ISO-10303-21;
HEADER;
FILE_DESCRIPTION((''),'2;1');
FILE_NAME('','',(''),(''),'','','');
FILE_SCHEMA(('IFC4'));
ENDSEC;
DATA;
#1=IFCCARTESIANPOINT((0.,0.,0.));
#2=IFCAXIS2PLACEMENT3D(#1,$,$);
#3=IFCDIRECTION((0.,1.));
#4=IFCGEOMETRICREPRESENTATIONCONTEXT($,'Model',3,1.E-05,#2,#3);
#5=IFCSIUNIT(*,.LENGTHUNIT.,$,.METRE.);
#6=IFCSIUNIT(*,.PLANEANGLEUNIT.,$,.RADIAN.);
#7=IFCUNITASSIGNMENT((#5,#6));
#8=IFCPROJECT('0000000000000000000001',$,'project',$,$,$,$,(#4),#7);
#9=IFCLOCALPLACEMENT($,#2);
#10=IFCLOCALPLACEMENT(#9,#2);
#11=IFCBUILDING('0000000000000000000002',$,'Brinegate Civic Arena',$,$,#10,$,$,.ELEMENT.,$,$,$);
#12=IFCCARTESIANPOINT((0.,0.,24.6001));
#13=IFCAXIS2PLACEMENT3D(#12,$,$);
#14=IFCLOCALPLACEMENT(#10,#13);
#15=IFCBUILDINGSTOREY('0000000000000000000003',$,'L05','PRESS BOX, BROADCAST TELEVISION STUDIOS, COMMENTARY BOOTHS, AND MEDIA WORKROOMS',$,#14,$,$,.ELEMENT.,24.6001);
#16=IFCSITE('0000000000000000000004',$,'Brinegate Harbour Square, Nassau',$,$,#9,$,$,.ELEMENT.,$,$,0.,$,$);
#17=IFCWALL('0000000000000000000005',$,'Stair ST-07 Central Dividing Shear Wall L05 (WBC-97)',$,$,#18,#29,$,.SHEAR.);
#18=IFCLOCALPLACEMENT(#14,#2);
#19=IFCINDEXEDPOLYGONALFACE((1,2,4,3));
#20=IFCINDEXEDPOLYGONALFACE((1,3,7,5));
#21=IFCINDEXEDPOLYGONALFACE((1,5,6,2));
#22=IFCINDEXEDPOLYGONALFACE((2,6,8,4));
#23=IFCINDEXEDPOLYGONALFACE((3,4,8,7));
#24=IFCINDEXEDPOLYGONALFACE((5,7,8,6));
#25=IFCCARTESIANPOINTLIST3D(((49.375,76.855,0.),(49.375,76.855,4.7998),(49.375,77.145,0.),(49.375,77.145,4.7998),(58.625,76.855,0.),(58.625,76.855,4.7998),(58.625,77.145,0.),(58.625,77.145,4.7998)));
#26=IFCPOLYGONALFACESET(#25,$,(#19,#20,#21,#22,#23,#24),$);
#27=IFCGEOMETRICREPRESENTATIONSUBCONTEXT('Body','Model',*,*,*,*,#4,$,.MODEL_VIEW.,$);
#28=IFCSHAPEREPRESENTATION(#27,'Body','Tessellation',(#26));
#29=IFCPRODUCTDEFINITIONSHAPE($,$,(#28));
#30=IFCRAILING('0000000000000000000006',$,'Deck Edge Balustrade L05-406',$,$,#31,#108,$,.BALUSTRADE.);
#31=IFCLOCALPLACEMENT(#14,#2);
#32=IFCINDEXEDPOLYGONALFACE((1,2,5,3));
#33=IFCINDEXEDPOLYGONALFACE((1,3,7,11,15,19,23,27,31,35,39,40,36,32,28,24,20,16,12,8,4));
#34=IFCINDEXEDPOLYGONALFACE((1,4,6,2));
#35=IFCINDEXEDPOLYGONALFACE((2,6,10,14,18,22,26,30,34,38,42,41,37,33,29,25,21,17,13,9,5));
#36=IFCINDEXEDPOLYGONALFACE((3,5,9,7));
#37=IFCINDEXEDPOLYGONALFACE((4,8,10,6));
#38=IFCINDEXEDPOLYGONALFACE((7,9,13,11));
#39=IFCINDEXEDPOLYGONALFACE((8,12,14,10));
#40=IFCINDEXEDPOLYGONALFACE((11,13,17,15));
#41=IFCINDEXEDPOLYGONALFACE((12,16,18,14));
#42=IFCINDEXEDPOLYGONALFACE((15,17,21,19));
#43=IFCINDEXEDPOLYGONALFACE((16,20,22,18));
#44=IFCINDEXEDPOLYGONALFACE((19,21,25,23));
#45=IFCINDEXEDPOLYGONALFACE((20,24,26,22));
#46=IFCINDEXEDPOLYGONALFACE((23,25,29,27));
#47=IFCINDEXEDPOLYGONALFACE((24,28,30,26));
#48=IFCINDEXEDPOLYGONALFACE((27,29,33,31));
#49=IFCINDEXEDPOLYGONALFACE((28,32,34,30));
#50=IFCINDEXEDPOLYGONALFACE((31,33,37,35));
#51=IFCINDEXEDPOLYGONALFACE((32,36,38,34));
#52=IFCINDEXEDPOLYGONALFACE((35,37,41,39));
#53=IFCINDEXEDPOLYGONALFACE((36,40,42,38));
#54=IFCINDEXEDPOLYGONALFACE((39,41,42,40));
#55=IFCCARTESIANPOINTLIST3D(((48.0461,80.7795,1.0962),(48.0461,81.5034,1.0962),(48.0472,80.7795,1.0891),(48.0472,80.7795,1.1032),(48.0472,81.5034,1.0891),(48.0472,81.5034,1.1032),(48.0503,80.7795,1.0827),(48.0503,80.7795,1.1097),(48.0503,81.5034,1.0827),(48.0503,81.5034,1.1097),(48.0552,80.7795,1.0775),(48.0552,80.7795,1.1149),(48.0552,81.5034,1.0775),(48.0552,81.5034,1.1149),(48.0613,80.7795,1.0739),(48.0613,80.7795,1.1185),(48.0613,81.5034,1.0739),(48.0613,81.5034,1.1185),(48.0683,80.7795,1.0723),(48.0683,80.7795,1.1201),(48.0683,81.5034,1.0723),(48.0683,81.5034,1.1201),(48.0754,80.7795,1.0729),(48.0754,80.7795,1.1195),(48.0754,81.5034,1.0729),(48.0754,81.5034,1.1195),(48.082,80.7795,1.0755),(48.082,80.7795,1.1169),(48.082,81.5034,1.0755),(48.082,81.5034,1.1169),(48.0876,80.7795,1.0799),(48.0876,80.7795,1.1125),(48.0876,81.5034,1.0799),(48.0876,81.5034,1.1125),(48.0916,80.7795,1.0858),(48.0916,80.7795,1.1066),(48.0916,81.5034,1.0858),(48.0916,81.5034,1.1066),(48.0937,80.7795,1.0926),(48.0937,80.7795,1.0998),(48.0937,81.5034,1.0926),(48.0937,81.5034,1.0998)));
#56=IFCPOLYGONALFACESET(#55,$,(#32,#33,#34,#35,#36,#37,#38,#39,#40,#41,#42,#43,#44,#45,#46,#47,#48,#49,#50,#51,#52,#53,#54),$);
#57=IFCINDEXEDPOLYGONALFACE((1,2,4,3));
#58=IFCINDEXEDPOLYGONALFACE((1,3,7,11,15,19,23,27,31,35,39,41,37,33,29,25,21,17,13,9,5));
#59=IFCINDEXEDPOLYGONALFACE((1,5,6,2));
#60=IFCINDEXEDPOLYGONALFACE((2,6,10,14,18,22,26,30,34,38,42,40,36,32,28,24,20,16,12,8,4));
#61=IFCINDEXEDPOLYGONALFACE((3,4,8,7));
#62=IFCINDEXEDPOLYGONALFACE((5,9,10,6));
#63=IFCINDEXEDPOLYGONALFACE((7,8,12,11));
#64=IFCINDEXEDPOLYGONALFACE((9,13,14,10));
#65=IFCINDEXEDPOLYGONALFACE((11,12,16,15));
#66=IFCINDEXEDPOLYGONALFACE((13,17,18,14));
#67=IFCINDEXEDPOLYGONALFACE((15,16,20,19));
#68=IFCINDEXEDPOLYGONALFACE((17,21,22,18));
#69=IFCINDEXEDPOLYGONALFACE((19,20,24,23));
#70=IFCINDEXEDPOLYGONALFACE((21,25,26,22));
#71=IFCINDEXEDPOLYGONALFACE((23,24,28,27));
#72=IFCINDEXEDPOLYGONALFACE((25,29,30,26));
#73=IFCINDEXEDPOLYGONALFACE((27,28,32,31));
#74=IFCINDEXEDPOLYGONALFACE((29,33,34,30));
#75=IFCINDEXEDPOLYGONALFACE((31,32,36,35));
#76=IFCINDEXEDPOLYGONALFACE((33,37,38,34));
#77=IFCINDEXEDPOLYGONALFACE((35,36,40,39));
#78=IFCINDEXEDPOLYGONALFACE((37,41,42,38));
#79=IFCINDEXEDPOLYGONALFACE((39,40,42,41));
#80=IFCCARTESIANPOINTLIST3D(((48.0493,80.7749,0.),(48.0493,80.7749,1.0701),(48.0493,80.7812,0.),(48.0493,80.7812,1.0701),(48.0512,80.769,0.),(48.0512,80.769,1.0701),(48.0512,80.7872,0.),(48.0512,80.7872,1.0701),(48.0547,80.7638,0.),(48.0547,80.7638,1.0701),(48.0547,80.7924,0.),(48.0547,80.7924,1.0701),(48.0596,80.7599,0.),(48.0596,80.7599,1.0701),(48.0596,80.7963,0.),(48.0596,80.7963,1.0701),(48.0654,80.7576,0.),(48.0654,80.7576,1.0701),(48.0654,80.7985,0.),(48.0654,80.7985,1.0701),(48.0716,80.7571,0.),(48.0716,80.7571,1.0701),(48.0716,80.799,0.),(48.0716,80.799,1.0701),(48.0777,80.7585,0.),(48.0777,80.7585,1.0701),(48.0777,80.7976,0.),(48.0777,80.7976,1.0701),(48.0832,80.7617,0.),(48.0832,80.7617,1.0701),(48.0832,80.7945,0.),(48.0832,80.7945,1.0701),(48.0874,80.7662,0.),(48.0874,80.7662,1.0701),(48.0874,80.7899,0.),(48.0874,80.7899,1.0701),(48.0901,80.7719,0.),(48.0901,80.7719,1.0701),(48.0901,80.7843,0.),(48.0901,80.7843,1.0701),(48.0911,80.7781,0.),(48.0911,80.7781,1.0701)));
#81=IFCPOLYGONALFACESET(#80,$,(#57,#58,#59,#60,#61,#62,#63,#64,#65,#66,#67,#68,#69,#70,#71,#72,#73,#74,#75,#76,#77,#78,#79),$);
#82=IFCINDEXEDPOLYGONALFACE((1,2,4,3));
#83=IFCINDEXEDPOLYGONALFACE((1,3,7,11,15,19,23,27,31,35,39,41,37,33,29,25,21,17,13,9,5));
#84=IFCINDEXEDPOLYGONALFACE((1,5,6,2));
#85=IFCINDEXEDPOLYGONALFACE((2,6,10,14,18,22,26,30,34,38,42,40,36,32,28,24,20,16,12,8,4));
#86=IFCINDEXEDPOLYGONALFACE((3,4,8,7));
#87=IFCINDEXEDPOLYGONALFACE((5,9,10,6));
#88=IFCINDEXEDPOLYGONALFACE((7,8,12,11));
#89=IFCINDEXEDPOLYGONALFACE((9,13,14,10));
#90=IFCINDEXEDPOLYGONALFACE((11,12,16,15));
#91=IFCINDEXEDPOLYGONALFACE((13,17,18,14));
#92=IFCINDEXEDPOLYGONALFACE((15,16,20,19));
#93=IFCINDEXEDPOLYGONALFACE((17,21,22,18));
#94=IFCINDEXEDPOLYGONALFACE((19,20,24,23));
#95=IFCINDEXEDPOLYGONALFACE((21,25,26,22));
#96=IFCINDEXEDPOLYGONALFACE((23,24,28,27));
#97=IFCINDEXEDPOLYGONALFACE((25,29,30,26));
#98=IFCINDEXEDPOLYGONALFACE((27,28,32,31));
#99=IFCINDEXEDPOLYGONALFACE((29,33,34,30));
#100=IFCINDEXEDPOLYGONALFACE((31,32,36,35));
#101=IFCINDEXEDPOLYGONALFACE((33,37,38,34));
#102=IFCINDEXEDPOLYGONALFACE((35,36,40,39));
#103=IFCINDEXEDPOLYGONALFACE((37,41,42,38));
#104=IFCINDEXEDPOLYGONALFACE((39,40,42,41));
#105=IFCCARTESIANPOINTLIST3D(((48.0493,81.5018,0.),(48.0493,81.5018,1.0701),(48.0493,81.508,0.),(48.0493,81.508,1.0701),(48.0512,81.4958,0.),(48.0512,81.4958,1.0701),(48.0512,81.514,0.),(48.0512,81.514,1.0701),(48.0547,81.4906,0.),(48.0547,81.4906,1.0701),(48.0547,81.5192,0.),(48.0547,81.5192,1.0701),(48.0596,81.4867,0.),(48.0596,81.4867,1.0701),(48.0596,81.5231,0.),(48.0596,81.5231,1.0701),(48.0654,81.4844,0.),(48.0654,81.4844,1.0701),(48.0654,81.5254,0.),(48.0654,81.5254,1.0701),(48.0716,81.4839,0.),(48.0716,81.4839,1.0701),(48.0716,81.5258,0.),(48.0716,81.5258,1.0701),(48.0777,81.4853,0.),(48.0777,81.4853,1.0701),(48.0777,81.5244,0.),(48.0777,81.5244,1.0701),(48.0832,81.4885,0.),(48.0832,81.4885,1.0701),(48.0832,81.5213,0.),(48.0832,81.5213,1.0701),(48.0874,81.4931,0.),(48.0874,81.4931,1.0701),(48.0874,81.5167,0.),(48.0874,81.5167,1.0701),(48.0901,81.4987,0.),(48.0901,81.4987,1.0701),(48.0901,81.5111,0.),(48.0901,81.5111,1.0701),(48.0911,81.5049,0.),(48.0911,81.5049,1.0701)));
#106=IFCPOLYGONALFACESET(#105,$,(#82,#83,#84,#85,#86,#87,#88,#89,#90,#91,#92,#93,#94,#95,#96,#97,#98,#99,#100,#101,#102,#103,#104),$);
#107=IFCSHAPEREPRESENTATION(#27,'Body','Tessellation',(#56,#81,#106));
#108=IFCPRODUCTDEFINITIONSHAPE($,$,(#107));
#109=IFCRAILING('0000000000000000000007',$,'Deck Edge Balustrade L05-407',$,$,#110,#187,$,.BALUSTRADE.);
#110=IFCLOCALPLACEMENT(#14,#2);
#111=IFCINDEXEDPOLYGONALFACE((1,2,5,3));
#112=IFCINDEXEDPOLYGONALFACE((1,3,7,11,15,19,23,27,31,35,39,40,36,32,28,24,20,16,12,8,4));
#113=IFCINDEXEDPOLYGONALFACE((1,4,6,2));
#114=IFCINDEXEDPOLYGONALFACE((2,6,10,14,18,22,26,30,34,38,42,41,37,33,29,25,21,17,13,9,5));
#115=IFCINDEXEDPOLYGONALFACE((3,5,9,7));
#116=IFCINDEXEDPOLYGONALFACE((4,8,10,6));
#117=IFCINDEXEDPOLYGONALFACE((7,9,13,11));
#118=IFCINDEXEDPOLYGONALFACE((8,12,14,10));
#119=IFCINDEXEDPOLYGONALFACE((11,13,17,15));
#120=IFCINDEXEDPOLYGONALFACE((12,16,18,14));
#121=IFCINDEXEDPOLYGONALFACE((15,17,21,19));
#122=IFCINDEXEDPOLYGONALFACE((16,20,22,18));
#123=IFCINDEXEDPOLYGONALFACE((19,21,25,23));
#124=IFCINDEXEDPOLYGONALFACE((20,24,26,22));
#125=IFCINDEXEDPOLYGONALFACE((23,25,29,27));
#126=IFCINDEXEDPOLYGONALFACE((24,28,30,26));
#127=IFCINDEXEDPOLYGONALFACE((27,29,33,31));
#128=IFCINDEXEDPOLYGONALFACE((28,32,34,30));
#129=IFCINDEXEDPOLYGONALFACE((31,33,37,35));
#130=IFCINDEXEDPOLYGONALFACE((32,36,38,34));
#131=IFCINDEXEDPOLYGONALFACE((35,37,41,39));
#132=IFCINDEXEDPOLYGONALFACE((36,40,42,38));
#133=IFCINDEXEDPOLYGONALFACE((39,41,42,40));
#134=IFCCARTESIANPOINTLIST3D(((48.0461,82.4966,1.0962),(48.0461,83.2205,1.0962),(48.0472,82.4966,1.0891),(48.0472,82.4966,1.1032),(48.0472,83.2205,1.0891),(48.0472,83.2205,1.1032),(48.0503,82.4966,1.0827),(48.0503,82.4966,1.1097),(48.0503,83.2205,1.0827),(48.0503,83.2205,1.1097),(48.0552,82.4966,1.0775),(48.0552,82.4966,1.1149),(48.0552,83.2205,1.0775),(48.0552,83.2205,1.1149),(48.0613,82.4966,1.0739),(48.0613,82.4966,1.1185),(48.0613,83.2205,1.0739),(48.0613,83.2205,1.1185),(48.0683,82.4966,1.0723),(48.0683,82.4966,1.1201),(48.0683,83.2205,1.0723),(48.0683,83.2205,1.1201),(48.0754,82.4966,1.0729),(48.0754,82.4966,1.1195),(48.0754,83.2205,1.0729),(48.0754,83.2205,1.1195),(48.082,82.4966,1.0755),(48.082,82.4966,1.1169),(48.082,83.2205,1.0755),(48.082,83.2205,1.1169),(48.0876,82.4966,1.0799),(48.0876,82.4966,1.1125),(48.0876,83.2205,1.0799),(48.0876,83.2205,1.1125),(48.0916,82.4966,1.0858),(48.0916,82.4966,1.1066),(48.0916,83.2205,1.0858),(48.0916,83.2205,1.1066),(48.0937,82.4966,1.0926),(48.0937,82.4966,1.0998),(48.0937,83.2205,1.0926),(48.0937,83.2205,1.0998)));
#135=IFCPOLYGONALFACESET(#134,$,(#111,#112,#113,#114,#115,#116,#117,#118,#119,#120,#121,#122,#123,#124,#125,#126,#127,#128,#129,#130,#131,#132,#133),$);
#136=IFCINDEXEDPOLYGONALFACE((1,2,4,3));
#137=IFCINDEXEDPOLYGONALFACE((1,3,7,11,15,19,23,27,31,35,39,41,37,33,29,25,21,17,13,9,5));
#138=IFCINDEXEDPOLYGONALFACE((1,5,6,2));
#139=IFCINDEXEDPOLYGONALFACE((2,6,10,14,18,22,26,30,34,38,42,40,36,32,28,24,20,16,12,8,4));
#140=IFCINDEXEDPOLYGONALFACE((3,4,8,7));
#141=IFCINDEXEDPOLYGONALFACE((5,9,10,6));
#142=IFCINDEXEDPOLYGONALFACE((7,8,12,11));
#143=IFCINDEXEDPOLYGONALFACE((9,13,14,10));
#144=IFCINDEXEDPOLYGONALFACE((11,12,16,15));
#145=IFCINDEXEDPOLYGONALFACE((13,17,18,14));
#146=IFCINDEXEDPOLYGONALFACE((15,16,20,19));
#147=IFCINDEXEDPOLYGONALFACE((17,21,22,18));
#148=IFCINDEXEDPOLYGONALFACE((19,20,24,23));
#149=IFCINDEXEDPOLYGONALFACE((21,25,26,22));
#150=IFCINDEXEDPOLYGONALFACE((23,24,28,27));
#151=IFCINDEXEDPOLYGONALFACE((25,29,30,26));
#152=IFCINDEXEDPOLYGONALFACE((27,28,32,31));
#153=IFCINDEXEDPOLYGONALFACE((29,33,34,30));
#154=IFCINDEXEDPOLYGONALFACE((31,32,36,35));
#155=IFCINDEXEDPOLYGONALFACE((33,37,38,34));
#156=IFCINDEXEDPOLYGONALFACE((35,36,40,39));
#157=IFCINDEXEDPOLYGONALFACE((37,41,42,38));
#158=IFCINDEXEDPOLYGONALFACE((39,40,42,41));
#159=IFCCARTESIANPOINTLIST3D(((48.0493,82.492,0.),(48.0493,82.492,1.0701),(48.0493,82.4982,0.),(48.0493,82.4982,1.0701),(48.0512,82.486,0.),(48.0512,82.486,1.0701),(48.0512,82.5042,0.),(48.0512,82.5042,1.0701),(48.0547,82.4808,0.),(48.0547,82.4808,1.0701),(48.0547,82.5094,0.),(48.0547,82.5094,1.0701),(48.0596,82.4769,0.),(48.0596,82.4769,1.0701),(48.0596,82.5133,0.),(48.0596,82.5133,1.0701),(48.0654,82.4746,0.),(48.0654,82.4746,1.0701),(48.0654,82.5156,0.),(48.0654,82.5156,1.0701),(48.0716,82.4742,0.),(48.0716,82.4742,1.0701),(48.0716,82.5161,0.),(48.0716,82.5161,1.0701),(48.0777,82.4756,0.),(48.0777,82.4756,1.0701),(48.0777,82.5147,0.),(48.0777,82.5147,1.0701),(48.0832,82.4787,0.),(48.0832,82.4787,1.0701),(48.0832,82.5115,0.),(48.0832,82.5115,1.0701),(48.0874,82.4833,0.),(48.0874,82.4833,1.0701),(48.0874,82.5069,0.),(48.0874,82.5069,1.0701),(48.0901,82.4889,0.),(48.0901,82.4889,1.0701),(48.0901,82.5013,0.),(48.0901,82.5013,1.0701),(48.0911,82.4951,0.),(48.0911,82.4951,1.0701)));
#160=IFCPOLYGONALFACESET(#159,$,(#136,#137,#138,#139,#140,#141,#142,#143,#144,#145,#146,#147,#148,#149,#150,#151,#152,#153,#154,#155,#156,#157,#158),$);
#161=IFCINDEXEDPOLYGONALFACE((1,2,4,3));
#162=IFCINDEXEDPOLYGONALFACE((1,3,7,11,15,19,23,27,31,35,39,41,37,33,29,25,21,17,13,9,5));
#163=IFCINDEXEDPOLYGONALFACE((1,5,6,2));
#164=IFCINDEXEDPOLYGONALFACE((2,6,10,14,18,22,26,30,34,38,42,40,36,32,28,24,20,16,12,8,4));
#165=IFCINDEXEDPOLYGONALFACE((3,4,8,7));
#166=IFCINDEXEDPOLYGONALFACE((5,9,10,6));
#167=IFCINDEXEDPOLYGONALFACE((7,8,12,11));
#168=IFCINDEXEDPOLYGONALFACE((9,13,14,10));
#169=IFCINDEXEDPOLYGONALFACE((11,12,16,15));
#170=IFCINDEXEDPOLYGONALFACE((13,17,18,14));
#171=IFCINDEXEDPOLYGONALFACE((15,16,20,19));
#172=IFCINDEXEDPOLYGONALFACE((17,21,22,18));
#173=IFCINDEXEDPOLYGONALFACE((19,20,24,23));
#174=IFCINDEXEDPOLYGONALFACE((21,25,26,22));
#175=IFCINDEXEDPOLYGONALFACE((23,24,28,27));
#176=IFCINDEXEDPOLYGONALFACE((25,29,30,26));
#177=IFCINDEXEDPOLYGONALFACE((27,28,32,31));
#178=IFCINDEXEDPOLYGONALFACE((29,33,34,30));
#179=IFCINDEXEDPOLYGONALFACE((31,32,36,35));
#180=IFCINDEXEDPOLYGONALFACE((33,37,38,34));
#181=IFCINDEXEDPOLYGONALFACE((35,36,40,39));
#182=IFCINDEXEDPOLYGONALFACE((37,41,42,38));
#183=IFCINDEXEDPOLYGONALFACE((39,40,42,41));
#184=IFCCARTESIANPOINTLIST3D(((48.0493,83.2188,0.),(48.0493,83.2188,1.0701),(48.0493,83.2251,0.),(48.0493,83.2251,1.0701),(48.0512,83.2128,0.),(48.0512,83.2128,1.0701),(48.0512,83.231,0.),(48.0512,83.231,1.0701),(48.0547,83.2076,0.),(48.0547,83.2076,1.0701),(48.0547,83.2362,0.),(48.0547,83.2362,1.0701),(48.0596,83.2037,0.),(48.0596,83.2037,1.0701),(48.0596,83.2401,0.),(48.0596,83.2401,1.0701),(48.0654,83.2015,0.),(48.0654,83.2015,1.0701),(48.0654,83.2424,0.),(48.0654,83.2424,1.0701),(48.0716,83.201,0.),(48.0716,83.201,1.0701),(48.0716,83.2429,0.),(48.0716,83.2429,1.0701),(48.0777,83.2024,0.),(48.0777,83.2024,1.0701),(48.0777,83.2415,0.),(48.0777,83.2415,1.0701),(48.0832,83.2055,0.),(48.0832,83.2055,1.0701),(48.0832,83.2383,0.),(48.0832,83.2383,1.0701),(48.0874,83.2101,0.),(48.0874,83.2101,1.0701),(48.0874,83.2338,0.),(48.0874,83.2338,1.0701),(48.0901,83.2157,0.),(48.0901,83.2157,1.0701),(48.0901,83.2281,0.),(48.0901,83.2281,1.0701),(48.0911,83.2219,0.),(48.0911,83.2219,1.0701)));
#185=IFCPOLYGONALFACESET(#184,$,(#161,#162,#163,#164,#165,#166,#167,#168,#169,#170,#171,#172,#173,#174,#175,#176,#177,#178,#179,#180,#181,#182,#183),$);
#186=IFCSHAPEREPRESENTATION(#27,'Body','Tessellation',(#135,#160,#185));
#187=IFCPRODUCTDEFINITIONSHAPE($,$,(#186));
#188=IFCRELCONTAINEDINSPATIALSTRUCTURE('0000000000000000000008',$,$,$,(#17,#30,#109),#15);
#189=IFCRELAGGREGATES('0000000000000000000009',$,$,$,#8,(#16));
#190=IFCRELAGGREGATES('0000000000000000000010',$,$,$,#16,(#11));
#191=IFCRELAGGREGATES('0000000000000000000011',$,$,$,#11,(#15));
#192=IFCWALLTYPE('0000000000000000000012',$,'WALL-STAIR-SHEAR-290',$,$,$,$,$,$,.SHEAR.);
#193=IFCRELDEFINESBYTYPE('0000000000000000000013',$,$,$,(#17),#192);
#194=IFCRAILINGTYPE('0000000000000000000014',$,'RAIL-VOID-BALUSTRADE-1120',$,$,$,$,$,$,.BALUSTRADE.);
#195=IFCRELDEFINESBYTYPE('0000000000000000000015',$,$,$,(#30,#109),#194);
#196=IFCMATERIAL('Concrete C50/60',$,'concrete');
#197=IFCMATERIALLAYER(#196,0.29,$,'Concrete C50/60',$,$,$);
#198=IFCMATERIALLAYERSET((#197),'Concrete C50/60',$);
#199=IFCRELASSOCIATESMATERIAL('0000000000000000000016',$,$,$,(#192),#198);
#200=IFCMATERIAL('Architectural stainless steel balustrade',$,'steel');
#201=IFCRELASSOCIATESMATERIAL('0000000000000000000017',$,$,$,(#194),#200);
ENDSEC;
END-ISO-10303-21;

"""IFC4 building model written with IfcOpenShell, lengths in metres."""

from ifc_helpers import new_model, si_unit, direction, frame, frame_2d, origin, origin_2d, place, context, subcontext, project, spatial, rectangle, circle, extrude, material, layer, layer_set, type_object, element, save


model = new_model("IFC4")

# Units and contexts
model_context = context("Model", 3, precision=1e-05, world=origin(), true_north=direction((0.0, 1.0)))
body_context = subcontext(model_context, "Body", "Model", "MODEL_VIEW")
ifc_project = project(units=[si_unit("LENGTHUNIT", "METRE"), si_unit("PLANEANGLEUNIT", "RADIAN")], contexts=[model_context])

# Site, building, storey
site_placement = place(None, origin())
site = spatial("IfcSite", under=ifc_project, at=site_placement, Name="Brinegate Harbour Square, Nassau", CompositionType="ELEMENT", RefElevation=0.0)
building_placement = place(site_placement, origin())
building = spatial("IfcBuilding", under=site, at=building_placement, Name="Brinegate Civic Arena", CompositionType="ELEMENT")
storey_placement = place(building_placement, frame((0.0, 0.0, 24.6001)))
storey = spatial("IfcBuildingStorey", under=building, at=storey_placement, Name="L05", Description="PRESS BOX, BROADCAST TELEVISION STUDIOS, COMMENTARY BOOTHS, AND MEDIA WORKROOMS", CompositionType="ELEMENT", Elevation=24.6001)

# Shared definitions
ifc_material_1 = material(Name="Concrete C50/60", Category="concrete")

# Wall
ifc_layer_1 = layer(ifc_material_1, 0.29, Name="Concrete C50/60")
ifc_layer_set_1 = layer_set([ifc_layer_1], Name="Concrete C50/60")
wall_type_1 = type_object("IfcWallType", Name="WALL-STAIR-SHEAR-290", PredefinedType="SHEAR", material=ifc_layer_set_1)
wall_1_placement = place(storey_placement, frame((49.375, 77.0, 0.0), z_axis=(0.0, 0.0, 1.0), x_axis=(1.0, 0.0, 0.0)))
element("IfcWall", 1, at=wall_1_placement, inside=storey, type_object=wall_type_1, Name="Stair ST-07 Central Dividing Shear Wall L05 (WBC-97)", PredefinedType="SHEAR", context=body_context, shape_type="SweptSolid", body=[
    extrude(rectangle(XDim=9.25, YDim=0.29, at=frame_2d((4.625, 0.0))), origin(), (0.0, 0.0, 1.0), 4.7998),
])

# Railings
ifc_material_2 = material(Name="Architectural stainless steel balustrade", Category="steel")
railing_type = type_object("IfcRailingType", Name="RAIL-VOID-BALUSTRADE-1120", PredefinedType="BALUSTRADE", material=ifc_material_2)
for number, where, name in (
    (2, (48.0701, 80.7781, 0.0), "Deck Edge Balustrade L05-406"),
    (3, (48.0701, 82.4951, 0.0), "Deck Edge Balustrade L05-407"),
):
    element("IfcRailing", number, at=place(storey_placement, frame(where)), inside=storey, type_object=railing_type, Name=name, PredefinedType="BALUSTRADE", context=body_context, shape_type="SweptSolid", body=[
        extrude(circle(Radius=0.0239, at=origin_2d()), frame((0.0, 0.0015, 1.0962), z_axis=(0.0, 1.0, 0.0), x_axis=(-1.0, 0.0, 0.0)), (0.0, 0.0, 1.0), 0.7239),
        extrude(circle(Radius=0.021, at=origin_2d()), origin(), (0.0, 0.0, 1.0), 1.0701),
        extrude(circle(Radius=0.021, at=origin_2d()), frame((0.0, 0.7268, 0.0)), (0.0, 0.0, 1.0), 1.0701),
    ])

save(model, "model.ifc")
